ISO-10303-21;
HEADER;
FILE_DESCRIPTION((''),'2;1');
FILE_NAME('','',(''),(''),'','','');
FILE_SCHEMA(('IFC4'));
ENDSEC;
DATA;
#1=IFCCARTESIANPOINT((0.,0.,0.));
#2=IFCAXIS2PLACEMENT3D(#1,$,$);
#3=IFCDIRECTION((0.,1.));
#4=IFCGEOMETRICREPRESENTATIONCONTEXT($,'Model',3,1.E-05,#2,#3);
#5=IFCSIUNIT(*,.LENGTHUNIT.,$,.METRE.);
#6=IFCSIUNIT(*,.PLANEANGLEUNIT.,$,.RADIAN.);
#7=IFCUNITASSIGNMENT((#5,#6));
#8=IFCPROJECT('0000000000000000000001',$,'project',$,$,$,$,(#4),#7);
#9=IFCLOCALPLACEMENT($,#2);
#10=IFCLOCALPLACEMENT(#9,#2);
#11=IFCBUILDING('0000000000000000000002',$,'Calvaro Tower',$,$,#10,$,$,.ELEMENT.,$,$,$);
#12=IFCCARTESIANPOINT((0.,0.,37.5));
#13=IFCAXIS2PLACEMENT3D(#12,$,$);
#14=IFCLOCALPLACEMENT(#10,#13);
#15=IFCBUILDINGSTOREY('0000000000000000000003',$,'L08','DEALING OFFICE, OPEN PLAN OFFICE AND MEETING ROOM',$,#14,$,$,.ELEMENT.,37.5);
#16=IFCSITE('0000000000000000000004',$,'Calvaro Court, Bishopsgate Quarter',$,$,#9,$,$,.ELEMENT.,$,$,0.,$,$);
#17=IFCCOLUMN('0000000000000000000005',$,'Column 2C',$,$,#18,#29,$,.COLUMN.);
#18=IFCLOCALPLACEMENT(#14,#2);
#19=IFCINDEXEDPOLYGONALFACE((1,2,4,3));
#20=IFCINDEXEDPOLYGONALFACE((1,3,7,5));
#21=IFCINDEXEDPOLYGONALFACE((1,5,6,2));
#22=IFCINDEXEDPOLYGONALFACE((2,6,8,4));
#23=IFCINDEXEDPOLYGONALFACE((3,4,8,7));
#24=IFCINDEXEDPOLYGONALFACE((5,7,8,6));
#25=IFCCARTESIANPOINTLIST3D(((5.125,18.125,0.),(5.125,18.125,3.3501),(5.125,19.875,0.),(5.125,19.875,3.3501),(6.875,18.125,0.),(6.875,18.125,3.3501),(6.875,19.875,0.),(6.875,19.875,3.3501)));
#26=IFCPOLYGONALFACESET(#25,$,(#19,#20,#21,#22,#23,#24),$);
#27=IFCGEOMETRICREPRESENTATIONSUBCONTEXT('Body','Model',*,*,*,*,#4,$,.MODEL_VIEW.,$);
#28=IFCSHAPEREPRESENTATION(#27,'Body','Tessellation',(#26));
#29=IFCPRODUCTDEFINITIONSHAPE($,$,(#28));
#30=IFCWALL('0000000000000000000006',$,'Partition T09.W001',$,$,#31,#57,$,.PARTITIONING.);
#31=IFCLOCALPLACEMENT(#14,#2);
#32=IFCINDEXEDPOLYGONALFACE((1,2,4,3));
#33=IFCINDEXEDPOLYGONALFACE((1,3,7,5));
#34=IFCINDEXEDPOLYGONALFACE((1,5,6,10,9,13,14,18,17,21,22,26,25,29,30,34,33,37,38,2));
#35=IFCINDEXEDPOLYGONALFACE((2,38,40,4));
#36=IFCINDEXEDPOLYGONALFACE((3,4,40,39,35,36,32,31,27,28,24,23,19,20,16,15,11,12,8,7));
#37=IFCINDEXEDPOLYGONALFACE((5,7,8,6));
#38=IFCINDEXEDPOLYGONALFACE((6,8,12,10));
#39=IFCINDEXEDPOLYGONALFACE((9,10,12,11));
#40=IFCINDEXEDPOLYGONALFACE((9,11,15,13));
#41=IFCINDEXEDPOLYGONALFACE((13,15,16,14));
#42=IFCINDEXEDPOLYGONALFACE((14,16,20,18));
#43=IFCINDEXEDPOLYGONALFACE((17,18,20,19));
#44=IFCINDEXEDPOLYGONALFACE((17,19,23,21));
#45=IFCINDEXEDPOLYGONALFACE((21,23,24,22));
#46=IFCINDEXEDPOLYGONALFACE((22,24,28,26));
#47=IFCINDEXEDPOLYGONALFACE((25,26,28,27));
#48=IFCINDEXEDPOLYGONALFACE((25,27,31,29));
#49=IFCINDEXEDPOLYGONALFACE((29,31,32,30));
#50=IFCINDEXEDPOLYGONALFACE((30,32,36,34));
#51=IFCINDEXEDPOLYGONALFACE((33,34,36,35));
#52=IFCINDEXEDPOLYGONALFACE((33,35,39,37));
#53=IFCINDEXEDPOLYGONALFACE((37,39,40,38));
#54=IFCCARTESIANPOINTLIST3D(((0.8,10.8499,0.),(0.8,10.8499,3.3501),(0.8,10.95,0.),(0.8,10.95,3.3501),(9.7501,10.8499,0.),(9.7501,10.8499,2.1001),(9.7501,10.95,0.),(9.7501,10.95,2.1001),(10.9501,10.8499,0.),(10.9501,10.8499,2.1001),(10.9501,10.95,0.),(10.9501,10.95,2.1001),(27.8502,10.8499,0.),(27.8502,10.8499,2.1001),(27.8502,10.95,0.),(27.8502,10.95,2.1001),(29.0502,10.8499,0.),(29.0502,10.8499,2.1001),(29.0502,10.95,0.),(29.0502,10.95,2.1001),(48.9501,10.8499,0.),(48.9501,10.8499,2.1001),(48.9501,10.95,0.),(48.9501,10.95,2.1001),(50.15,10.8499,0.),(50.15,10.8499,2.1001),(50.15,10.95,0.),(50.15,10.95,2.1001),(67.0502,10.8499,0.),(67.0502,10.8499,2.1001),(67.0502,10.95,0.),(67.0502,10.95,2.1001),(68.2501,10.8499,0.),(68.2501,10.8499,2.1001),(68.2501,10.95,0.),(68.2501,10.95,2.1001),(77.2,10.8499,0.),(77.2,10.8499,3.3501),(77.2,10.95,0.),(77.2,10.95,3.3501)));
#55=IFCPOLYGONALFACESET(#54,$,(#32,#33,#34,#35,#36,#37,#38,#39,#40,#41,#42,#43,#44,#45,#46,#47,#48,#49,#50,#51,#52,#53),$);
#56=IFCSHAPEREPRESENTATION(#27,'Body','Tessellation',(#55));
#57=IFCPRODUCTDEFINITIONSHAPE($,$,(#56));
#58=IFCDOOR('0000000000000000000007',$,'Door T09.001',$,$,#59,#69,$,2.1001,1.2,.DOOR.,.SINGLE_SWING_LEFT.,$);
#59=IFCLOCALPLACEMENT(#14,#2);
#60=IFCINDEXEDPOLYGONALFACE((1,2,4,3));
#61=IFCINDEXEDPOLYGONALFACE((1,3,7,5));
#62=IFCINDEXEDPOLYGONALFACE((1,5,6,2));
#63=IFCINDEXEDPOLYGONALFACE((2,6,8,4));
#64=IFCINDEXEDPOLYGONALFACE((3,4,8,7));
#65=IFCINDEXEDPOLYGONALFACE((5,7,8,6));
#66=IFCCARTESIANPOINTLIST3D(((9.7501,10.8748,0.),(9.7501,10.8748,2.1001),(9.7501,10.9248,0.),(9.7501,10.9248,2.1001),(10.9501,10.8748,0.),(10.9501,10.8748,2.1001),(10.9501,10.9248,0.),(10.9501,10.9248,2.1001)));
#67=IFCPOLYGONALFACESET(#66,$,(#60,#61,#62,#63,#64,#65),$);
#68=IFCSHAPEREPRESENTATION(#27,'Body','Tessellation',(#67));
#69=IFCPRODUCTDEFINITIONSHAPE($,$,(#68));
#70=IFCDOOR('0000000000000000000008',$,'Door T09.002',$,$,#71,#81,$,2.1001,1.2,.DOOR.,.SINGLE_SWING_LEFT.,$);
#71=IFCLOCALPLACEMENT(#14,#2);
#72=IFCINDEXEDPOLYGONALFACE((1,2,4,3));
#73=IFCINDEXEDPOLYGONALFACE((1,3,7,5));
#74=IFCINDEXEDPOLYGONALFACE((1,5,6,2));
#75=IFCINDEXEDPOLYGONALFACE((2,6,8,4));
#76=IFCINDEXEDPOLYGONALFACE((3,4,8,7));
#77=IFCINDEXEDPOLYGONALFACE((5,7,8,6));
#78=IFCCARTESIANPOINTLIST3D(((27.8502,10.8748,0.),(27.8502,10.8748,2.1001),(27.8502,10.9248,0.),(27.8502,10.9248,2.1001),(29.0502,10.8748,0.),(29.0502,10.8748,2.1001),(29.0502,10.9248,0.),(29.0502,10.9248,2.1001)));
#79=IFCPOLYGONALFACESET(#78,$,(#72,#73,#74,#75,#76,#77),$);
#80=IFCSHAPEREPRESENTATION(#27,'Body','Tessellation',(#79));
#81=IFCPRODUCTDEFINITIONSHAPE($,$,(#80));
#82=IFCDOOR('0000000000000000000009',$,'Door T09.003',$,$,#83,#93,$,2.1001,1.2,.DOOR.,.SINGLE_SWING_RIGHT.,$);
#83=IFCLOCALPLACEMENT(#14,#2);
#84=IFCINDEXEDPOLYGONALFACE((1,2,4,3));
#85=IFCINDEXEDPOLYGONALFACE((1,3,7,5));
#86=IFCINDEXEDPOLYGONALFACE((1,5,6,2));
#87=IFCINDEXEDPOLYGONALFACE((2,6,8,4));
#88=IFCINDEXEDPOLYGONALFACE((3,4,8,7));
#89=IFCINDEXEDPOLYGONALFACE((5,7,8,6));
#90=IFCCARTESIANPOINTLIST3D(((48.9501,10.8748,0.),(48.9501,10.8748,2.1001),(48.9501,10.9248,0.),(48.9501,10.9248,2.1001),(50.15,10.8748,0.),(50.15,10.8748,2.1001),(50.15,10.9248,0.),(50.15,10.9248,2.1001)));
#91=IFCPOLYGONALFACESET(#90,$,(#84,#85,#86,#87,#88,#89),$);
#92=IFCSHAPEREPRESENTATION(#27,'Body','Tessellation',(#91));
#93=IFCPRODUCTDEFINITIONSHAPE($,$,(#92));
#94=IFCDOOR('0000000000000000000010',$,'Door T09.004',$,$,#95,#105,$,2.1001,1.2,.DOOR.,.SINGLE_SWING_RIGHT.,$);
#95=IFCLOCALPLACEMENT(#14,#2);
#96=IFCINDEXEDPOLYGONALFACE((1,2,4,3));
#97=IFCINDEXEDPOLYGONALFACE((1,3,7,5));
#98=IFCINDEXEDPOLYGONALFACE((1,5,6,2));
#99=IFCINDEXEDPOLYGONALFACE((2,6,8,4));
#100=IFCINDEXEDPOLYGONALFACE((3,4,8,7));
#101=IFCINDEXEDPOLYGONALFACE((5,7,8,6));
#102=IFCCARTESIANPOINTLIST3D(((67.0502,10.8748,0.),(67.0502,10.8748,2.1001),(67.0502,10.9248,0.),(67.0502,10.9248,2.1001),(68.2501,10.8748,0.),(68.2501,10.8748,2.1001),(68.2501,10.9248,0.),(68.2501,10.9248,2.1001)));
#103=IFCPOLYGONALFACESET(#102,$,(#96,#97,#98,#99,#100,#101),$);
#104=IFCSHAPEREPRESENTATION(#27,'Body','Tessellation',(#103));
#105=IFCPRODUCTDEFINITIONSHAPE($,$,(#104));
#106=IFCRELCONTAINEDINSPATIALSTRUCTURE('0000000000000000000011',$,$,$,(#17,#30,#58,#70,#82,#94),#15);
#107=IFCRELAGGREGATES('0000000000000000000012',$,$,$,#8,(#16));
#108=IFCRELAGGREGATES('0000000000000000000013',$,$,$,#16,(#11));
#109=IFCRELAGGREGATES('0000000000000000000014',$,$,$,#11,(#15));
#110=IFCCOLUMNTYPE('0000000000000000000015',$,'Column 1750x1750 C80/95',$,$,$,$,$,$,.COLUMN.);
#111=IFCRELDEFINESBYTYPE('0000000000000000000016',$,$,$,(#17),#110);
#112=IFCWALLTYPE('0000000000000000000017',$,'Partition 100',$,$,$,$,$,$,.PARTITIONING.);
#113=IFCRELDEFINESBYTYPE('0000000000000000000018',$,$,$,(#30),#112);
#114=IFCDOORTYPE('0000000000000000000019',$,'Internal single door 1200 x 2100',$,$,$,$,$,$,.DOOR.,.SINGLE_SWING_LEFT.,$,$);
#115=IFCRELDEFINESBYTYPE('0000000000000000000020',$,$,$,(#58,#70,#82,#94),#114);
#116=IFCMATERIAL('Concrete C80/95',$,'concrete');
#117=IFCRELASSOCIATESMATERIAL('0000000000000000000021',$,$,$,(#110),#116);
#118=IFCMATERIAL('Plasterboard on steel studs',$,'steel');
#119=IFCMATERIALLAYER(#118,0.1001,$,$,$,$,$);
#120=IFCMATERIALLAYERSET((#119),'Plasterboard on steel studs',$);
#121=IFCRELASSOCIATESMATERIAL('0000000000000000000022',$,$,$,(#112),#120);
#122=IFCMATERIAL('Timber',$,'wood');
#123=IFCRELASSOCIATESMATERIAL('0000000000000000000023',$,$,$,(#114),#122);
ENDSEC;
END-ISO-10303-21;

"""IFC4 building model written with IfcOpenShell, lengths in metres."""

from ifc_helpers import new_model, si_unit, direction, frame, frame_2d, origin, origin_2d, place, context, subcontext, project, spatial, rectangle, extrude, material, layer, layer_set, material_profile, profile_set, type_object, element, fill, save


model = new_model("IFC4")

# Units and contexts
model_context = context("Model", 3, precision=1e-05, world=origin(), true_north=direction((0.0, 1.0)))
body_context = subcontext(model_context, "Body", "Model", "MODEL_VIEW")
ifc_project = project(units=[si_unit("LENGTHUNIT", "METRE"), si_unit("PLANEANGLEUNIT", "RADIAN")], contexts=[model_context])

# Site, building, storey
site_placement = place(None, origin())
site = spatial("IfcSite", under=ifc_project, at=site_placement, Name="Calvaro Court, Bishopsgate Quarter", CompositionType="ELEMENT", RefElevation=0.0)
building_placement = place(site_placement, origin())
building = spatial("IfcBuilding", under=site, at=building_placement, Name="Calvaro Tower", CompositionType="ELEMENT")
storey_placement = place(building_placement, frame((0.0, 0.0, 37.5)))
storey = spatial("IfcBuildingStorey", under=building, at=storey_placement, Name="L08", Description="DEALING OFFICE, OPEN PLAN OFFICE AND MEETING ROOM", CompositionType="ELEMENT", Elevation=37.5)

# Column
ifc_material_1 = material(Name="Concrete C80/95", Category="concrete")
ifc_material_profile = material_profile(ifc_material_1, rectangle(XDim=1.75, YDim=1.75, at=origin_2d()), Name="RC 1750x1750")
ifc_profile_set = profile_set([ifc_material_profile], Name="Concrete C80/95")
column_type = type_object("IfcColumnType", Name="Column 1750x1750 C80/95", PredefinedType="COLUMN", material=ifc_profile_set)
column_placement = place(storey_placement, frame((6.0, 19.0, 0.0), z_axis=(0.0, 0.0, 1.0), x_axis=(1.0, 0.0, 0.0)))
element("IfcColumn", 1, at=column_placement, inside=storey, type_object=column_type, Name="Column 2C", PredefinedType="COLUMN", context=body_context, shape_type="SweptSolid", body=[
    extrude(rectangle(XDim=1.75, YDim=1.75, at=origin_2d()), origin(), (0.0, 0.0, 1.0), 3.3501),
])

# Wall, openings, doors
ifc_material_2 = material(Name="Plasterboard on steel studs", Category="steel")
ifc_layer = layer(ifc_material_2, 0.1001)
ifc_layer_set = layer_set([ifc_layer], Name="Plasterboard on steel studs")
wall_type = type_object("IfcWallType", Name="Partition 100", PredefinedType="PARTITIONING", material=ifc_layer_set)
wall_1_placement = place(storey_placement, frame((0.8, 10.8999, 0.0), z_axis=(0.0, 0.0, 1.0), x_axis=(1.0, 0.0, 0.0)))
wall_1 = element("IfcWall", 2, at=wall_1_placement, inside=storey, type_object=wall_type, Name="Partition T09.W001", PredefinedType="PARTITIONING", context=body_context, shape_type="SweptSolid", body=[
    extrude(rectangle(XDim=76.3999, YDim=0.1001, at=frame_2d((38.2, 0.0))), origin(), (0.0, 0.0, 1.0), 3.3501),
])
opening_1_placement = place(wall_1_placement, frame((8.95, 0.0, 0.0)))
opening_1 = element("IfcOpeningElement", 3, at=opening_1_placement, cuts=wall_1, PredefinedType="OPENING", context=body_context, shape_type="SweptSolid", body=[
    extrude(rectangle(XDim=1.2, YDim=2.1001, at=frame_2d((0.6001, 1.05))), frame((0.0, 0.0601, 0.0), z_axis=(0.0, -1.0, 0.0), x_axis=(1.0, 0.0, 0.0)), (0.0, 0.0, 1.0), 0.1201),
])
opening_2_placement = place(wall_1_placement, frame((27.05, 0.0, 0.0)))
opening_2 = element("IfcOpeningElement", 4, at=opening_2_placement, cuts=wall_1, PredefinedType="OPENING", context=body_context, shape_type="SweptSolid", body=[
    extrude(rectangle(XDim=1.2, YDim=2.1001, at=frame_2d((0.6001, 1.05))), frame((0.0, 0.0601, 0.0), z_axis=(0.0, -1.0, 0.0), x_axis=(1.0, 0.0, 0.0)), (0.0, 0.0, 1.0), 0.1201),
])
opening_3_placement = place(wall_1_placement, frame((48.1499, 0.0, 0.0)))
opening_3 = element("IfcOpeningElement", 5, at=opening_3_placement, cuts=wall_1, PredefinedType="OPENING", context=body_context, shape_type="SweptSolid", body=[
    extrude(rectangle(XDim=1.2, YDim=2.1001, at=frame_2d((0.6001, 1.05))), frame((0.0, 0.0601, 0.0), z_axis=(0.0, -1.0, 0.0), x_axis=(1.0, 0.0, 0.0)), (0.0, 0.0, 1.0), 0.1201),
])
opening_4_placement = place(wall_1_placement, frame((66.25, 0.0, 0.0)))
opening_4 = element("IfcOpeningElement", 6, at=opening_4_placement, cuts=wall_1, PredefinedType="OPENING", context=body_context, shape_type="SweptSolid", body=[
    extrude(rectangle(XDim=1.2, YDim=2.1001, at=frame_2d((0.6001, 1.05))), frame((0.0, 0.0601, 0.0), z_axis=(0.0, -1.0, 0.0), x_axis=(1.0, 0.0, 0.0)), (0.0, 0.0, 1.0), 0.1201),
])
ifc_material_3 = material(Name="Timber", Category="wood")
door_type_1 = type_object("IfcDoorType", Name="Internal single door 1200 x 2100", OperationType="SINGLE_SWING_LEFT", PredefinedType="DOOR", material=ifc_material_3)
door_1_placement = place(opening_1_placement, origin())
door_1 = element("IfcDoor", 7, at=door_1_placement, inside=storey, type_object=door_type_1, Name="Door T09.001", OperationType="SINGLE_SWING_LEFT", OverallHeight=2.1001, OverallWidth=1.2, PredefinedType="DOOR", context=body_context, shape_type="SweptSolid", body=[
    extrude(rectangle(XDim=1.2, YDim=2.1001, at=frame_2d((0.6001, 1.05))), frame((0.0, 0.0249, 0.0), z_axis=(0.0, -1.0, 0.0), x_axis=(1.0, 0.0, 0.0)), (0.0, 0.0, 1.0), 0.05),
])
fill(opening_1, door_1)
door_2_placement = place(opening_2_placement, origin())
door_2 = element("IfcDoor", 8, at=door_2_placement, inside=storey, type_object=door_type_1, Name="Door T09.002", OperationType="SINGLE_SWING_LEFT", OverallHeight=2.1001, OverallWidth=1.2, PredefinedType="DOOR", context=body_context, shape_type="SweptSolid", body=[
    extrude(rectangle(XDim=1.2, YDim=2.1001, at=frame_2d((0.6001, 1.05))), frame((0.0, 0.0249, 0.0), z_axis=(0.0, -1.0, 0.0), x_axis=(1.0, 0.0, 0.0)), (0.0, 0.0, 1.0), 0.05),
])
fill(opening_2, door_2)
door_3_placement = place(opening_3_placement, origin())
door_3 = element("IfcDoor", 9, at=door_3_placement, inside=storey, type_object=door_type_1, Name="Door T09.003", OperationType="SINGLE_SWING_RIGHT", OverallHeight=2.1001, OverallWidth=1.2, PredefinedType="DOOR", context=body_context, shape_type="SweptSolid", body=[
    extrude(rectangle(XDim=1.2, YDim=2.1001, at=frame_2d((0.6001, 1.05))), frame((0.0, 0.0249, 0.0), z_axis=(0.0, -1.0, 0.0), x_axis=(1.0, 0.0, 0.0)), (0.0, 0.0, 1.0), 0.05),
])
fill(opening_3, door_3)
door_4_placement = place(opening_4_placement, origin())
door_4 = element("IfcDoor", 10, at=door_4_placement, inside=storey, type_object=door_type_1, Name="Door T09.004", OperationType="SINGLE_SWING_RIGHT", OverallHeight=2.1001, OverallWidth=1.2, PredefinedType="DOOR", context=body_context, shape_type="SweptSolid", body=[
    extrude(rectangle(XDim=1.2, YDim=2.1001, at=frame_2d((0.6001, 1.05))), frame((0.0, 0.0249, 0.0), z_axis=(0.0, -1.0, 0.0), x_axis=(1.0, 0.0, 0.0)), (0.0, 0.0, 1.0), 0.05),
])
fill(opening_4, door_4)

save(model, "model.ifc")
